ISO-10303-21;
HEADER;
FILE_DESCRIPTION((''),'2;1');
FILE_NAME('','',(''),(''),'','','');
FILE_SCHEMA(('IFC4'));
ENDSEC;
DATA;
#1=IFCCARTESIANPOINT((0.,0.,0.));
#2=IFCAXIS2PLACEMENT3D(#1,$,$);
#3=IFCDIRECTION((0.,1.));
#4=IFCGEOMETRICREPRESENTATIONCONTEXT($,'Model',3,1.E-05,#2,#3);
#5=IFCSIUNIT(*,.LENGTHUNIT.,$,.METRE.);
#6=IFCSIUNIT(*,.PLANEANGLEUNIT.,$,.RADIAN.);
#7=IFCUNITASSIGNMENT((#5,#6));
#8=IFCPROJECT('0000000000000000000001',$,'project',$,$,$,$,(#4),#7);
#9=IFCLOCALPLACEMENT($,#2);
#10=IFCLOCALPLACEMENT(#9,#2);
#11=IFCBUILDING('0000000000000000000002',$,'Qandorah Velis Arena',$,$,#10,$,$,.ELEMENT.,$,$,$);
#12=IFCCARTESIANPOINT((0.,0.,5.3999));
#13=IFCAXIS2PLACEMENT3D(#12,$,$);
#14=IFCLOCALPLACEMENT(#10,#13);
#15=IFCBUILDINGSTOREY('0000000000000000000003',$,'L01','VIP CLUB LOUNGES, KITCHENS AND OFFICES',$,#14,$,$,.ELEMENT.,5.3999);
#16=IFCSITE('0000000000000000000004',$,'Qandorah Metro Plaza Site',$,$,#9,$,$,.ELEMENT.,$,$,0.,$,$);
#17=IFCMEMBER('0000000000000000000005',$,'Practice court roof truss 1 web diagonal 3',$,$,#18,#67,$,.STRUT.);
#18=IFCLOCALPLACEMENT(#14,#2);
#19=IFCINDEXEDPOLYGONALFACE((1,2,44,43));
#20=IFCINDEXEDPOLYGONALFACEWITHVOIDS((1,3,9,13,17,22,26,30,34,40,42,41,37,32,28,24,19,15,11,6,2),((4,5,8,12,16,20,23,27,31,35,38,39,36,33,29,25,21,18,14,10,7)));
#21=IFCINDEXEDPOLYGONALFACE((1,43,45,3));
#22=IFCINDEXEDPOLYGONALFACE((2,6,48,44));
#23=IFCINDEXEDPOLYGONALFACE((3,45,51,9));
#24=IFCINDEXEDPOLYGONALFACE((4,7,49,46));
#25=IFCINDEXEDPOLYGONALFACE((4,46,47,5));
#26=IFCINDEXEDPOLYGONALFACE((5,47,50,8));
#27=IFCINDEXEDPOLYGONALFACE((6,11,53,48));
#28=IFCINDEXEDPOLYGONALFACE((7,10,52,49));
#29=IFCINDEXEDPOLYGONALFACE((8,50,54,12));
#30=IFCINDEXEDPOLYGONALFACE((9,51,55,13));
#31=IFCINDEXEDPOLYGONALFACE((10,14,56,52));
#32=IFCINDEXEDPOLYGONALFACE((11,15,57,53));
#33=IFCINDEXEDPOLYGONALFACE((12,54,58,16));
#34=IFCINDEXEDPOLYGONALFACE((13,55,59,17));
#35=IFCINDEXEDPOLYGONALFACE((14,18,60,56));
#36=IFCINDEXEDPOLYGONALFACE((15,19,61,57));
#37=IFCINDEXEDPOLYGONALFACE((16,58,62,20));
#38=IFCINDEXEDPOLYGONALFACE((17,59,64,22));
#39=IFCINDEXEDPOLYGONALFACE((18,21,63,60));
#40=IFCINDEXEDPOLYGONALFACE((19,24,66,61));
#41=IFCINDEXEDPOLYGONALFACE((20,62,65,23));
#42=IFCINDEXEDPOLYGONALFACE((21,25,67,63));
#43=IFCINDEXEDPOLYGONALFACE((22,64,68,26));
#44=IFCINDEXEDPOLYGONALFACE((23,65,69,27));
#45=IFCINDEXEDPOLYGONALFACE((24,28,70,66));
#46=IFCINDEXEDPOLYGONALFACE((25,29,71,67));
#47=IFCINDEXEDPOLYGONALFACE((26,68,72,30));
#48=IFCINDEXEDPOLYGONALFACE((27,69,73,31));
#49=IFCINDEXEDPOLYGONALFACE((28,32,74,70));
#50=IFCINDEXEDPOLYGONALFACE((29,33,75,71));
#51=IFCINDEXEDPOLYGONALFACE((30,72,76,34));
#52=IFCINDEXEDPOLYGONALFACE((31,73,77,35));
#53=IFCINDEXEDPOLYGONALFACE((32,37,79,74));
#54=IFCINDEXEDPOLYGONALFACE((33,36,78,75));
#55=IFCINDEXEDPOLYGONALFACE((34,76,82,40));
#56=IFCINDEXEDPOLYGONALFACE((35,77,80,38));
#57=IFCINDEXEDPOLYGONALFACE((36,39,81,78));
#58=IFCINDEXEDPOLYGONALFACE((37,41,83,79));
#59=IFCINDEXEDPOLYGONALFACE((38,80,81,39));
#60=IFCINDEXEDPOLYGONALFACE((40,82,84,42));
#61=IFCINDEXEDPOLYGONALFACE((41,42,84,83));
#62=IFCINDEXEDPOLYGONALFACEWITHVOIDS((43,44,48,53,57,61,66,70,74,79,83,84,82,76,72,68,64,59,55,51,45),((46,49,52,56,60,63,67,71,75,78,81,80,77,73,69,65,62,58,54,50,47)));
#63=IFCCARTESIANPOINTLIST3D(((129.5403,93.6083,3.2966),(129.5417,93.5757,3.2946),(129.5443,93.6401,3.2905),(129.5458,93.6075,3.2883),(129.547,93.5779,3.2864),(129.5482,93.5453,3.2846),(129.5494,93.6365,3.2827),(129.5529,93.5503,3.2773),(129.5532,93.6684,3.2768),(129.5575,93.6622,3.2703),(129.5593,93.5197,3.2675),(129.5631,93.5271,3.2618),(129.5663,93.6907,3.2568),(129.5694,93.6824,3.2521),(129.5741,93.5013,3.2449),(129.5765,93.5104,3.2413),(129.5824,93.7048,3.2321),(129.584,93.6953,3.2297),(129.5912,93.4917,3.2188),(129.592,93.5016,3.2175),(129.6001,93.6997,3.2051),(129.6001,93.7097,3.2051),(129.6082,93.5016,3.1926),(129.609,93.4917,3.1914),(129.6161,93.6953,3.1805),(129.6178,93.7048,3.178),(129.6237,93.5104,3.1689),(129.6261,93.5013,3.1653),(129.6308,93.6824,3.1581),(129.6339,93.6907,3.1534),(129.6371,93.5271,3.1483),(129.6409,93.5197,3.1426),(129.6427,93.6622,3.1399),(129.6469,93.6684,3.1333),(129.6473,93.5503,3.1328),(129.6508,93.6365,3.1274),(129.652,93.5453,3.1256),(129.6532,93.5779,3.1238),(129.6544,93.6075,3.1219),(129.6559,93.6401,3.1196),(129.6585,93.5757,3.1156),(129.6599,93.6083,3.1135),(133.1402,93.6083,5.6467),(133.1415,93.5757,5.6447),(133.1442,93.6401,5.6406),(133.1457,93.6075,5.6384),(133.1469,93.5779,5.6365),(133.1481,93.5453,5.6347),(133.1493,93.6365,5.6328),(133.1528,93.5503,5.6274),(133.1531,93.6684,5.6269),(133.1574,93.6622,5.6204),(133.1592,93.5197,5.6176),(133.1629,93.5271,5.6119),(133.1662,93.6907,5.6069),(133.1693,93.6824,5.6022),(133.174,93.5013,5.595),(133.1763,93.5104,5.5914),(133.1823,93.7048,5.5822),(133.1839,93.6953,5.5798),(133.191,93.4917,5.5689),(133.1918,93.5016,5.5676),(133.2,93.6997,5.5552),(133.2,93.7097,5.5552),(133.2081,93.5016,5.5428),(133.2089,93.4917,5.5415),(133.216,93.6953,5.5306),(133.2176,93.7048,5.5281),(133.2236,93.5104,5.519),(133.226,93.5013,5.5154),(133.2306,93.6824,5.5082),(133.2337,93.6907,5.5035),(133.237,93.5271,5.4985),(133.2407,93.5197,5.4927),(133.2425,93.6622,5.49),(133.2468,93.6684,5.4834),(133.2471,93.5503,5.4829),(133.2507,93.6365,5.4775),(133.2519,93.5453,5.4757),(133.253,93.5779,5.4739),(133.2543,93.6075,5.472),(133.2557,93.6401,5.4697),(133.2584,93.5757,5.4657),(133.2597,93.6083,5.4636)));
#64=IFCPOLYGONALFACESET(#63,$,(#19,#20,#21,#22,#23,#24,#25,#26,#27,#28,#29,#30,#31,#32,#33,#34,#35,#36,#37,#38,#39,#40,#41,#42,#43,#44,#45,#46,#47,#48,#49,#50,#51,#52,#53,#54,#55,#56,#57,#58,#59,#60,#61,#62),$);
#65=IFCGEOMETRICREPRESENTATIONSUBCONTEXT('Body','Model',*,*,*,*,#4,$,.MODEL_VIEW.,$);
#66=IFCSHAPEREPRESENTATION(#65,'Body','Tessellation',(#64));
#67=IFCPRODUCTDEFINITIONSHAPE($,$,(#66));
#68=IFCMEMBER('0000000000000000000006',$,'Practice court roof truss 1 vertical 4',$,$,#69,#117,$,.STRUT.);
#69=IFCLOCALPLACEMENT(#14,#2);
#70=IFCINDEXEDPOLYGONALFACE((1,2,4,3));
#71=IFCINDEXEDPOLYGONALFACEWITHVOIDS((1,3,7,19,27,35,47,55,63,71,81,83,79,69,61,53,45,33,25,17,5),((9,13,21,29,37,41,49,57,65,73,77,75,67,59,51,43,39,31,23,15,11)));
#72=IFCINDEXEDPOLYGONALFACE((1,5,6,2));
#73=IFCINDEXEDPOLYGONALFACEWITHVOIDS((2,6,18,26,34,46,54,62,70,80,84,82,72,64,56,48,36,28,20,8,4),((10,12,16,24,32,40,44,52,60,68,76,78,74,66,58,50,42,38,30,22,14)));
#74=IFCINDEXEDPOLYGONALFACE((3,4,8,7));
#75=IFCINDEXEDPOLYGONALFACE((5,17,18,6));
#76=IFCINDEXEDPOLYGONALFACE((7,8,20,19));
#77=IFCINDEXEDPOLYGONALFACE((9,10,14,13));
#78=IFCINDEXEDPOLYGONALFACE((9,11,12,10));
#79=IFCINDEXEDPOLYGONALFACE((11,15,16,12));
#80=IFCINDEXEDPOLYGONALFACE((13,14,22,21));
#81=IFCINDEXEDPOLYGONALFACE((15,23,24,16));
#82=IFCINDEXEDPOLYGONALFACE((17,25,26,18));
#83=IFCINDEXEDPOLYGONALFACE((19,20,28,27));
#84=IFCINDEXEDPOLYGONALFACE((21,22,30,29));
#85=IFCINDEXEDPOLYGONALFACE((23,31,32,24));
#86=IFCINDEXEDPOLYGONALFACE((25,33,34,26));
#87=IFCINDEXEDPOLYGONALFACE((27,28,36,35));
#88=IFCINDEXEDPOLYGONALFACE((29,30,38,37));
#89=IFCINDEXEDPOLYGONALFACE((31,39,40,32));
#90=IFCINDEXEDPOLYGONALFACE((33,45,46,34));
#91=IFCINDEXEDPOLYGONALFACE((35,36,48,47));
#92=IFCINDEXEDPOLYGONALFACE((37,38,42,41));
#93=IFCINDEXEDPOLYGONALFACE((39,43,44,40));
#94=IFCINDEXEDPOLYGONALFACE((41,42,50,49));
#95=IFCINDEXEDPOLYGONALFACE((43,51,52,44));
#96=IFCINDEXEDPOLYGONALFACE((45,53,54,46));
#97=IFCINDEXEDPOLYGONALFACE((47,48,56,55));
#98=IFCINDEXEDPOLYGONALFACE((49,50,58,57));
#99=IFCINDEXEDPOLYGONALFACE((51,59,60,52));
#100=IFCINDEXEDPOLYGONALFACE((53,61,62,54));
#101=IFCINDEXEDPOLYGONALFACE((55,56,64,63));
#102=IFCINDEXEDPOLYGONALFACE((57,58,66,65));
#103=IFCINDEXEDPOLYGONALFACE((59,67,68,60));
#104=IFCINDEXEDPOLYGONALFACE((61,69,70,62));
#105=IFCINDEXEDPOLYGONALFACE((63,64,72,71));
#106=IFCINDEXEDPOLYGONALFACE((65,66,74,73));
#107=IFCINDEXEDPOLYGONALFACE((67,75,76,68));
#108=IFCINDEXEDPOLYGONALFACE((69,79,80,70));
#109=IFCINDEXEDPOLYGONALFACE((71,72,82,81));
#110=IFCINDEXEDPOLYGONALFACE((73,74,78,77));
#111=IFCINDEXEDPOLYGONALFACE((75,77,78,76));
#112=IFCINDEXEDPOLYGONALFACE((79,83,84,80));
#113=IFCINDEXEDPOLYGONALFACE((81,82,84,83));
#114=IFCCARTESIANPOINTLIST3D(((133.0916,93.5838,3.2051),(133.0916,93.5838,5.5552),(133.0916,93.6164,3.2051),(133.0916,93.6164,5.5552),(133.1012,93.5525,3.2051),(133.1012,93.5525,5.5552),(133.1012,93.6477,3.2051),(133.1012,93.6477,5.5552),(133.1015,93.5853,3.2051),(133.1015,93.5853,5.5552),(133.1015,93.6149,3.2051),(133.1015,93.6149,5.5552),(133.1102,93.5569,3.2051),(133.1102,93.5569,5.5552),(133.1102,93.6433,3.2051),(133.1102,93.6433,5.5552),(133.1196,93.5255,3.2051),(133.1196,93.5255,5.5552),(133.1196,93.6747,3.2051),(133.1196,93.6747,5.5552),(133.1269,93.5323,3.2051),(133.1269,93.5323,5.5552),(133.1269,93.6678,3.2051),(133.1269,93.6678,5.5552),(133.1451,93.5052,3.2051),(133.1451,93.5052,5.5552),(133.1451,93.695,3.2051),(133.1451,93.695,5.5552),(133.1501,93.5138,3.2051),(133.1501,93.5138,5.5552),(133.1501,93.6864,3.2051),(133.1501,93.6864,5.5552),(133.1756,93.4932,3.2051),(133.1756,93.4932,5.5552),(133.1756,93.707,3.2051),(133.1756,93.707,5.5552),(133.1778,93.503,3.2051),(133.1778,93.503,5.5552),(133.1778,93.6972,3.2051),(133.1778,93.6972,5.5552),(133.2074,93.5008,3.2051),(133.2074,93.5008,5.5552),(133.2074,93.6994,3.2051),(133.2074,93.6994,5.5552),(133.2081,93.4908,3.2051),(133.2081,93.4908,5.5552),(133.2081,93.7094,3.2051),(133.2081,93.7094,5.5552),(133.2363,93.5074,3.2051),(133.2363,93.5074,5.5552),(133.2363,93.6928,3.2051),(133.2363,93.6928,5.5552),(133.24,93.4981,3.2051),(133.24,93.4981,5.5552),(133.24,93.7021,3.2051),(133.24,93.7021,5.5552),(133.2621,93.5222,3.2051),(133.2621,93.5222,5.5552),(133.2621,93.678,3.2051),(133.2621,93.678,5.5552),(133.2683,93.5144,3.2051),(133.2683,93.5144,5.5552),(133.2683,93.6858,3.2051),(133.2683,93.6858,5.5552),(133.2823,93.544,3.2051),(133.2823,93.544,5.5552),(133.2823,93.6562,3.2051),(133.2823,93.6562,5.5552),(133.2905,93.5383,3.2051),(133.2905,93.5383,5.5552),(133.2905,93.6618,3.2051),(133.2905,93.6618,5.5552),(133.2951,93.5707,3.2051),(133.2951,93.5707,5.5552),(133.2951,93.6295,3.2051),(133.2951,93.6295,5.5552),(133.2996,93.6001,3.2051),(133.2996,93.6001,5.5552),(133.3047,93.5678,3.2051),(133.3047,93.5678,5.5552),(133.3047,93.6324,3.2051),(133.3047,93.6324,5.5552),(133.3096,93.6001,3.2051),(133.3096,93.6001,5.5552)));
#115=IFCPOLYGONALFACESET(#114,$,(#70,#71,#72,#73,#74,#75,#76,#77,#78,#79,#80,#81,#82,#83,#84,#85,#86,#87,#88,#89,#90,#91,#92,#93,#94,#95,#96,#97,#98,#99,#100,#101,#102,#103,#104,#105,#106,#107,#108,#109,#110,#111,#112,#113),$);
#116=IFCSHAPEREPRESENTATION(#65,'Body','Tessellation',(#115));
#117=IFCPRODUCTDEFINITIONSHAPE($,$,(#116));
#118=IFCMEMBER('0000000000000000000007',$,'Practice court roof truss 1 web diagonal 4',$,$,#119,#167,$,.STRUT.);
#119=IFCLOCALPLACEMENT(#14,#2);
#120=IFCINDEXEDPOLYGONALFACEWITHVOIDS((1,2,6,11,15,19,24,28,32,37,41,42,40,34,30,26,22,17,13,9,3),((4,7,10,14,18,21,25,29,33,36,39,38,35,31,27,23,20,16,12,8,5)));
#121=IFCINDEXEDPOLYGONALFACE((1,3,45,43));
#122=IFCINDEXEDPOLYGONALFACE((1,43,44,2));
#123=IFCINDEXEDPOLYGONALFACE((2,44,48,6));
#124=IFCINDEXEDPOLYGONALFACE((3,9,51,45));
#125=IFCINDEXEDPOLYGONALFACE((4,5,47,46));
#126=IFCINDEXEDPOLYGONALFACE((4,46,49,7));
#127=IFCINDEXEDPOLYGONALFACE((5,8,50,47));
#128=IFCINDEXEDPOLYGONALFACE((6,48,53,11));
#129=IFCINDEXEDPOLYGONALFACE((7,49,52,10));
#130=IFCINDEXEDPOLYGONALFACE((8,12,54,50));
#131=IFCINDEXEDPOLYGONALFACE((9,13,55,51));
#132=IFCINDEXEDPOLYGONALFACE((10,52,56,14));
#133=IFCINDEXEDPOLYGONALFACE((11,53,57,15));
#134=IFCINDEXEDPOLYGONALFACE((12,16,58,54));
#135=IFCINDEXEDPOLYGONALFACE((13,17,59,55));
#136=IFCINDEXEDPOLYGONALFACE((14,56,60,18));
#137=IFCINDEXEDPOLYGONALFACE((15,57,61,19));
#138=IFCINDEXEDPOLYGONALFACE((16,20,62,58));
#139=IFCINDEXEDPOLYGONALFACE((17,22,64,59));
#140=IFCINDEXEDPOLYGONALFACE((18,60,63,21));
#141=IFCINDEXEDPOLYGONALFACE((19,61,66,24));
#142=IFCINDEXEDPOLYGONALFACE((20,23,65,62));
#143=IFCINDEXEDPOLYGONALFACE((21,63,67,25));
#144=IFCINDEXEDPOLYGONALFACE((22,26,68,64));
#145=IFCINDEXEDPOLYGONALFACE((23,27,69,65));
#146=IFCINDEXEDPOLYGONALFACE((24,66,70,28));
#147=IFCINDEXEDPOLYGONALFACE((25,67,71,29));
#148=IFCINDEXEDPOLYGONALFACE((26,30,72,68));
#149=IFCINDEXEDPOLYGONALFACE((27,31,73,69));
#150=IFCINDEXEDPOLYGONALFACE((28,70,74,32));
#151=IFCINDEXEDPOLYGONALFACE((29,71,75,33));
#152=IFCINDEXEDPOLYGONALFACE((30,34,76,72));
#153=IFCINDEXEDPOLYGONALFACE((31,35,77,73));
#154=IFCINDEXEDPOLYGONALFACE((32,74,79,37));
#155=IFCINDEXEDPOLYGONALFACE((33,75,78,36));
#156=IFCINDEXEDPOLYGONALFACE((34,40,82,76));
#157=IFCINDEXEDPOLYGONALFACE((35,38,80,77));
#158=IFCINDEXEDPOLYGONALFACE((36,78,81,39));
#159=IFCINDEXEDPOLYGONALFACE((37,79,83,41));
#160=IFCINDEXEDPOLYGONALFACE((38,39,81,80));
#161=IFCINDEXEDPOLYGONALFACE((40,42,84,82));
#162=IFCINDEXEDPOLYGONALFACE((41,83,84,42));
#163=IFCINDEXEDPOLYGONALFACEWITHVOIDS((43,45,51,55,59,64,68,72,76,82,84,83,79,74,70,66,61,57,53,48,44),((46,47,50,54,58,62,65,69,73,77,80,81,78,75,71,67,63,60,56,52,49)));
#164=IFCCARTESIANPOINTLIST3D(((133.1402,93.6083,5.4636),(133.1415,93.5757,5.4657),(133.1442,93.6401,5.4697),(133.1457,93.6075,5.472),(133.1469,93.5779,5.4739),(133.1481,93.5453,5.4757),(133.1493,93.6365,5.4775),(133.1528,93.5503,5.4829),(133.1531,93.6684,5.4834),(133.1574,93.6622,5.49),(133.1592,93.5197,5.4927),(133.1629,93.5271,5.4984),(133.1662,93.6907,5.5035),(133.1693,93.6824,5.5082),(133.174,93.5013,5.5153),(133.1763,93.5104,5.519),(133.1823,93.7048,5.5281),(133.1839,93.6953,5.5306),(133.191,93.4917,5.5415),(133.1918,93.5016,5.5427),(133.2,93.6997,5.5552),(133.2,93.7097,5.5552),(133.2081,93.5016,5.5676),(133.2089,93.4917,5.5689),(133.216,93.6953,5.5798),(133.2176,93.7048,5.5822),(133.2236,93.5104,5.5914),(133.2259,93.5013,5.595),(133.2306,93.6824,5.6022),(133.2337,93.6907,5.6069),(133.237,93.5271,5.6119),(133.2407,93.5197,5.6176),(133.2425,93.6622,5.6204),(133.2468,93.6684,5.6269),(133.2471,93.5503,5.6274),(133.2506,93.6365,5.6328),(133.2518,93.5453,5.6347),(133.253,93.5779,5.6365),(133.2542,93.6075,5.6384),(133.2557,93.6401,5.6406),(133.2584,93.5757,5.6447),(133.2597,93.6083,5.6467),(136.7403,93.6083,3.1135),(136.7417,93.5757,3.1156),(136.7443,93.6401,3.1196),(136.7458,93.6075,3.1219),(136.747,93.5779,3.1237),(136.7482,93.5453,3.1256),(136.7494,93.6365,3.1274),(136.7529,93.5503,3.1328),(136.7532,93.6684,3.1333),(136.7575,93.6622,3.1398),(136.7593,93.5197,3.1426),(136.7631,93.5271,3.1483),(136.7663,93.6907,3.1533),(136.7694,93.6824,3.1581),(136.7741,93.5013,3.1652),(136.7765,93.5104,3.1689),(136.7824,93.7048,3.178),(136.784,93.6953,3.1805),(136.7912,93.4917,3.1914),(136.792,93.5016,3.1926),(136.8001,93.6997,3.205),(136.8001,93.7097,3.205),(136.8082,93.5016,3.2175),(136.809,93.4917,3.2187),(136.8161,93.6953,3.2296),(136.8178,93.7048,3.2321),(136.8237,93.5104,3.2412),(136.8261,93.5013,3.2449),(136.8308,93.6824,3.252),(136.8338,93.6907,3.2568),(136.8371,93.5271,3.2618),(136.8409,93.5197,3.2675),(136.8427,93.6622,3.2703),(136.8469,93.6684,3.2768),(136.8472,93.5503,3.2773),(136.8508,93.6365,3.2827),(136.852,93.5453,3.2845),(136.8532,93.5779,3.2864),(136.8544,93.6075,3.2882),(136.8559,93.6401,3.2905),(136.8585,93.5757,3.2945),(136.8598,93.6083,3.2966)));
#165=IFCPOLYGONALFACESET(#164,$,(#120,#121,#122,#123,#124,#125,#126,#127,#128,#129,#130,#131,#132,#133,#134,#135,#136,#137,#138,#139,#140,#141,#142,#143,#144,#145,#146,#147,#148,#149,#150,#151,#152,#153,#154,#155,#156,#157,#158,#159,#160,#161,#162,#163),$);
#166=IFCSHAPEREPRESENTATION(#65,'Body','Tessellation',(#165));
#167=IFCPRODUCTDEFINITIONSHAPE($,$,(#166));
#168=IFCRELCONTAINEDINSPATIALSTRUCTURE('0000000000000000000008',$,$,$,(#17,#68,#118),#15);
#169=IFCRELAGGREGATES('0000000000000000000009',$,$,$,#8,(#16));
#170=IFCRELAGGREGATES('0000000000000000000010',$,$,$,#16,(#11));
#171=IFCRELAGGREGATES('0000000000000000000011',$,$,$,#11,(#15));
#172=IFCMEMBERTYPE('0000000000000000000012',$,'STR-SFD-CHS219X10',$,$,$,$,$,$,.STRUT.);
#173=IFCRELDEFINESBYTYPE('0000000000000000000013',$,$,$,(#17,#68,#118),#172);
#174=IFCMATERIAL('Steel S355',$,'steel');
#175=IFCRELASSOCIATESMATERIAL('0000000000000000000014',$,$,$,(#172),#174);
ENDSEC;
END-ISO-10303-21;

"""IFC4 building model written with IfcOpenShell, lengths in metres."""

from ifc_helpers import new_model, si_unit, direction, frame, origin, origin_2d, place, context, subcontext, project, spatial, hollow_circle, extrude, material, material_profile, profile_set, type_object, element, save


model = new_model("IFC4")

# Units and contexts
model_context = context("Model", 3, precision=1e-05, world=origin(), true_north=direction((0.0, 1.0)))
body_context = subcontext(model_context, "Body", "Model", "MODEL_VIEW")
ifc_project = project(units=[si_unit("LENGTHUNIT", "METRE"), si_unit("PLANEANGLEUNIT", "RADIAN")], contexts=[model_context])

# Site, building, storey
site_placement = place(None, origin())
site = spatial("IfcSite", under=ifc_project, at=site_placement, Name="Qandorah Metro Plaza Site", CompositionType="ELEMENT", RefElevation=0.0)
building_placement = place(site_placement, origin())
building = spatial("IfcBuilding", under=site, at=building_placement, Name="Qandorah Velis Arena", CompositionType="ELEMENT")
storey_placement = place(building_placement, frame((0.0, 0.0, 5.3999)))
storey = spatial("IfcBuildingStorey", under=building, at=storey_placement, Name="L01", Description="VIP CLUB LOUNGES, KITCHENS AND OFFICES", CompositionType="ELEMENT", Elevation=5.3999)

# Shared definitions
ifc_material_1 = material(Name="Steel S355", Category="steel")

# Members
ifc_material_profile_1 = material_profile(ifc_material_1, hollow_circle(Radius=0.1096, WallThickness=0.01, at=origin_2d()), Name="CHS 219.1x10")
ifc_profile_set_1 = profile_set([ifc_material_profile_1], Name="Steel S355")
member_type = type_object("IfcMemberType", Name="STR-SFD-CHS219X10", PredefinedType="STRUT", material=ifc_profile_set_1)
member_1_placement = place(storey_placement, frame((129.6001, 93.6001, 3.2051), z_axis=(0.837359, 0.0, 0.546654), x_axis=(0.0, 1.0, 0.0)))
element("IfcMember", 1, at=member_1_placement, inside=storey, type_object=member_type, Name="Practice court roof truss 1 web diagonal 3", PredefinedType="STRUT", context=body_context, shape_type="SweptSolid", body=[
    extrude(hollow_circle(Radius=0.1096, WallThickness=0.01, at=origin_2d()), origin(), (0.0, 0.0, 1.0), 4.2991),
])
member_2_placement = place(storey_placement, frame((133.2, 93.6001, 3.2051), z_axis=(0.0, 0.0, 1.0), x_axis=(1.0, 0.0, 0.0)))
element("IfcMember", 2, at=member_2_placement, inside=storey, type_object=member_type, Name="Practice court roof truss 1 vertical 4", PredefinedType="STRUT", context=body_context, shape_type="SweptSolid", body=[
    extrude(hollow_circle(Radius=0.1096, WallThickness=0.01, at=origin_2d()), origin(), (0.0, 0.0, 1.0), 2.3501),
])
member_3_placement = place(storey_placement, frame((133.2, 93.6001, 5.5552), z_axis=(0.837376, 0.0, -0.546628), x_axis=(0.0, 1.0, 0.0)))
element("IfcMember", 3, at=member_3_placement, inside=storey, type_object=member_type, Name="Practice court roof truss 1 web diagonal 4", PredefinedType="STRUT", context=body_context, shape_type="SweptSolid", body=[
    extrude(hollow_circle(Radius=0.1096, WallThickness=0.01, at=origin_2d()), origin(), (0.0, 0.0, 1.0), 4.2993),
])

save(model, "model.ifc")
